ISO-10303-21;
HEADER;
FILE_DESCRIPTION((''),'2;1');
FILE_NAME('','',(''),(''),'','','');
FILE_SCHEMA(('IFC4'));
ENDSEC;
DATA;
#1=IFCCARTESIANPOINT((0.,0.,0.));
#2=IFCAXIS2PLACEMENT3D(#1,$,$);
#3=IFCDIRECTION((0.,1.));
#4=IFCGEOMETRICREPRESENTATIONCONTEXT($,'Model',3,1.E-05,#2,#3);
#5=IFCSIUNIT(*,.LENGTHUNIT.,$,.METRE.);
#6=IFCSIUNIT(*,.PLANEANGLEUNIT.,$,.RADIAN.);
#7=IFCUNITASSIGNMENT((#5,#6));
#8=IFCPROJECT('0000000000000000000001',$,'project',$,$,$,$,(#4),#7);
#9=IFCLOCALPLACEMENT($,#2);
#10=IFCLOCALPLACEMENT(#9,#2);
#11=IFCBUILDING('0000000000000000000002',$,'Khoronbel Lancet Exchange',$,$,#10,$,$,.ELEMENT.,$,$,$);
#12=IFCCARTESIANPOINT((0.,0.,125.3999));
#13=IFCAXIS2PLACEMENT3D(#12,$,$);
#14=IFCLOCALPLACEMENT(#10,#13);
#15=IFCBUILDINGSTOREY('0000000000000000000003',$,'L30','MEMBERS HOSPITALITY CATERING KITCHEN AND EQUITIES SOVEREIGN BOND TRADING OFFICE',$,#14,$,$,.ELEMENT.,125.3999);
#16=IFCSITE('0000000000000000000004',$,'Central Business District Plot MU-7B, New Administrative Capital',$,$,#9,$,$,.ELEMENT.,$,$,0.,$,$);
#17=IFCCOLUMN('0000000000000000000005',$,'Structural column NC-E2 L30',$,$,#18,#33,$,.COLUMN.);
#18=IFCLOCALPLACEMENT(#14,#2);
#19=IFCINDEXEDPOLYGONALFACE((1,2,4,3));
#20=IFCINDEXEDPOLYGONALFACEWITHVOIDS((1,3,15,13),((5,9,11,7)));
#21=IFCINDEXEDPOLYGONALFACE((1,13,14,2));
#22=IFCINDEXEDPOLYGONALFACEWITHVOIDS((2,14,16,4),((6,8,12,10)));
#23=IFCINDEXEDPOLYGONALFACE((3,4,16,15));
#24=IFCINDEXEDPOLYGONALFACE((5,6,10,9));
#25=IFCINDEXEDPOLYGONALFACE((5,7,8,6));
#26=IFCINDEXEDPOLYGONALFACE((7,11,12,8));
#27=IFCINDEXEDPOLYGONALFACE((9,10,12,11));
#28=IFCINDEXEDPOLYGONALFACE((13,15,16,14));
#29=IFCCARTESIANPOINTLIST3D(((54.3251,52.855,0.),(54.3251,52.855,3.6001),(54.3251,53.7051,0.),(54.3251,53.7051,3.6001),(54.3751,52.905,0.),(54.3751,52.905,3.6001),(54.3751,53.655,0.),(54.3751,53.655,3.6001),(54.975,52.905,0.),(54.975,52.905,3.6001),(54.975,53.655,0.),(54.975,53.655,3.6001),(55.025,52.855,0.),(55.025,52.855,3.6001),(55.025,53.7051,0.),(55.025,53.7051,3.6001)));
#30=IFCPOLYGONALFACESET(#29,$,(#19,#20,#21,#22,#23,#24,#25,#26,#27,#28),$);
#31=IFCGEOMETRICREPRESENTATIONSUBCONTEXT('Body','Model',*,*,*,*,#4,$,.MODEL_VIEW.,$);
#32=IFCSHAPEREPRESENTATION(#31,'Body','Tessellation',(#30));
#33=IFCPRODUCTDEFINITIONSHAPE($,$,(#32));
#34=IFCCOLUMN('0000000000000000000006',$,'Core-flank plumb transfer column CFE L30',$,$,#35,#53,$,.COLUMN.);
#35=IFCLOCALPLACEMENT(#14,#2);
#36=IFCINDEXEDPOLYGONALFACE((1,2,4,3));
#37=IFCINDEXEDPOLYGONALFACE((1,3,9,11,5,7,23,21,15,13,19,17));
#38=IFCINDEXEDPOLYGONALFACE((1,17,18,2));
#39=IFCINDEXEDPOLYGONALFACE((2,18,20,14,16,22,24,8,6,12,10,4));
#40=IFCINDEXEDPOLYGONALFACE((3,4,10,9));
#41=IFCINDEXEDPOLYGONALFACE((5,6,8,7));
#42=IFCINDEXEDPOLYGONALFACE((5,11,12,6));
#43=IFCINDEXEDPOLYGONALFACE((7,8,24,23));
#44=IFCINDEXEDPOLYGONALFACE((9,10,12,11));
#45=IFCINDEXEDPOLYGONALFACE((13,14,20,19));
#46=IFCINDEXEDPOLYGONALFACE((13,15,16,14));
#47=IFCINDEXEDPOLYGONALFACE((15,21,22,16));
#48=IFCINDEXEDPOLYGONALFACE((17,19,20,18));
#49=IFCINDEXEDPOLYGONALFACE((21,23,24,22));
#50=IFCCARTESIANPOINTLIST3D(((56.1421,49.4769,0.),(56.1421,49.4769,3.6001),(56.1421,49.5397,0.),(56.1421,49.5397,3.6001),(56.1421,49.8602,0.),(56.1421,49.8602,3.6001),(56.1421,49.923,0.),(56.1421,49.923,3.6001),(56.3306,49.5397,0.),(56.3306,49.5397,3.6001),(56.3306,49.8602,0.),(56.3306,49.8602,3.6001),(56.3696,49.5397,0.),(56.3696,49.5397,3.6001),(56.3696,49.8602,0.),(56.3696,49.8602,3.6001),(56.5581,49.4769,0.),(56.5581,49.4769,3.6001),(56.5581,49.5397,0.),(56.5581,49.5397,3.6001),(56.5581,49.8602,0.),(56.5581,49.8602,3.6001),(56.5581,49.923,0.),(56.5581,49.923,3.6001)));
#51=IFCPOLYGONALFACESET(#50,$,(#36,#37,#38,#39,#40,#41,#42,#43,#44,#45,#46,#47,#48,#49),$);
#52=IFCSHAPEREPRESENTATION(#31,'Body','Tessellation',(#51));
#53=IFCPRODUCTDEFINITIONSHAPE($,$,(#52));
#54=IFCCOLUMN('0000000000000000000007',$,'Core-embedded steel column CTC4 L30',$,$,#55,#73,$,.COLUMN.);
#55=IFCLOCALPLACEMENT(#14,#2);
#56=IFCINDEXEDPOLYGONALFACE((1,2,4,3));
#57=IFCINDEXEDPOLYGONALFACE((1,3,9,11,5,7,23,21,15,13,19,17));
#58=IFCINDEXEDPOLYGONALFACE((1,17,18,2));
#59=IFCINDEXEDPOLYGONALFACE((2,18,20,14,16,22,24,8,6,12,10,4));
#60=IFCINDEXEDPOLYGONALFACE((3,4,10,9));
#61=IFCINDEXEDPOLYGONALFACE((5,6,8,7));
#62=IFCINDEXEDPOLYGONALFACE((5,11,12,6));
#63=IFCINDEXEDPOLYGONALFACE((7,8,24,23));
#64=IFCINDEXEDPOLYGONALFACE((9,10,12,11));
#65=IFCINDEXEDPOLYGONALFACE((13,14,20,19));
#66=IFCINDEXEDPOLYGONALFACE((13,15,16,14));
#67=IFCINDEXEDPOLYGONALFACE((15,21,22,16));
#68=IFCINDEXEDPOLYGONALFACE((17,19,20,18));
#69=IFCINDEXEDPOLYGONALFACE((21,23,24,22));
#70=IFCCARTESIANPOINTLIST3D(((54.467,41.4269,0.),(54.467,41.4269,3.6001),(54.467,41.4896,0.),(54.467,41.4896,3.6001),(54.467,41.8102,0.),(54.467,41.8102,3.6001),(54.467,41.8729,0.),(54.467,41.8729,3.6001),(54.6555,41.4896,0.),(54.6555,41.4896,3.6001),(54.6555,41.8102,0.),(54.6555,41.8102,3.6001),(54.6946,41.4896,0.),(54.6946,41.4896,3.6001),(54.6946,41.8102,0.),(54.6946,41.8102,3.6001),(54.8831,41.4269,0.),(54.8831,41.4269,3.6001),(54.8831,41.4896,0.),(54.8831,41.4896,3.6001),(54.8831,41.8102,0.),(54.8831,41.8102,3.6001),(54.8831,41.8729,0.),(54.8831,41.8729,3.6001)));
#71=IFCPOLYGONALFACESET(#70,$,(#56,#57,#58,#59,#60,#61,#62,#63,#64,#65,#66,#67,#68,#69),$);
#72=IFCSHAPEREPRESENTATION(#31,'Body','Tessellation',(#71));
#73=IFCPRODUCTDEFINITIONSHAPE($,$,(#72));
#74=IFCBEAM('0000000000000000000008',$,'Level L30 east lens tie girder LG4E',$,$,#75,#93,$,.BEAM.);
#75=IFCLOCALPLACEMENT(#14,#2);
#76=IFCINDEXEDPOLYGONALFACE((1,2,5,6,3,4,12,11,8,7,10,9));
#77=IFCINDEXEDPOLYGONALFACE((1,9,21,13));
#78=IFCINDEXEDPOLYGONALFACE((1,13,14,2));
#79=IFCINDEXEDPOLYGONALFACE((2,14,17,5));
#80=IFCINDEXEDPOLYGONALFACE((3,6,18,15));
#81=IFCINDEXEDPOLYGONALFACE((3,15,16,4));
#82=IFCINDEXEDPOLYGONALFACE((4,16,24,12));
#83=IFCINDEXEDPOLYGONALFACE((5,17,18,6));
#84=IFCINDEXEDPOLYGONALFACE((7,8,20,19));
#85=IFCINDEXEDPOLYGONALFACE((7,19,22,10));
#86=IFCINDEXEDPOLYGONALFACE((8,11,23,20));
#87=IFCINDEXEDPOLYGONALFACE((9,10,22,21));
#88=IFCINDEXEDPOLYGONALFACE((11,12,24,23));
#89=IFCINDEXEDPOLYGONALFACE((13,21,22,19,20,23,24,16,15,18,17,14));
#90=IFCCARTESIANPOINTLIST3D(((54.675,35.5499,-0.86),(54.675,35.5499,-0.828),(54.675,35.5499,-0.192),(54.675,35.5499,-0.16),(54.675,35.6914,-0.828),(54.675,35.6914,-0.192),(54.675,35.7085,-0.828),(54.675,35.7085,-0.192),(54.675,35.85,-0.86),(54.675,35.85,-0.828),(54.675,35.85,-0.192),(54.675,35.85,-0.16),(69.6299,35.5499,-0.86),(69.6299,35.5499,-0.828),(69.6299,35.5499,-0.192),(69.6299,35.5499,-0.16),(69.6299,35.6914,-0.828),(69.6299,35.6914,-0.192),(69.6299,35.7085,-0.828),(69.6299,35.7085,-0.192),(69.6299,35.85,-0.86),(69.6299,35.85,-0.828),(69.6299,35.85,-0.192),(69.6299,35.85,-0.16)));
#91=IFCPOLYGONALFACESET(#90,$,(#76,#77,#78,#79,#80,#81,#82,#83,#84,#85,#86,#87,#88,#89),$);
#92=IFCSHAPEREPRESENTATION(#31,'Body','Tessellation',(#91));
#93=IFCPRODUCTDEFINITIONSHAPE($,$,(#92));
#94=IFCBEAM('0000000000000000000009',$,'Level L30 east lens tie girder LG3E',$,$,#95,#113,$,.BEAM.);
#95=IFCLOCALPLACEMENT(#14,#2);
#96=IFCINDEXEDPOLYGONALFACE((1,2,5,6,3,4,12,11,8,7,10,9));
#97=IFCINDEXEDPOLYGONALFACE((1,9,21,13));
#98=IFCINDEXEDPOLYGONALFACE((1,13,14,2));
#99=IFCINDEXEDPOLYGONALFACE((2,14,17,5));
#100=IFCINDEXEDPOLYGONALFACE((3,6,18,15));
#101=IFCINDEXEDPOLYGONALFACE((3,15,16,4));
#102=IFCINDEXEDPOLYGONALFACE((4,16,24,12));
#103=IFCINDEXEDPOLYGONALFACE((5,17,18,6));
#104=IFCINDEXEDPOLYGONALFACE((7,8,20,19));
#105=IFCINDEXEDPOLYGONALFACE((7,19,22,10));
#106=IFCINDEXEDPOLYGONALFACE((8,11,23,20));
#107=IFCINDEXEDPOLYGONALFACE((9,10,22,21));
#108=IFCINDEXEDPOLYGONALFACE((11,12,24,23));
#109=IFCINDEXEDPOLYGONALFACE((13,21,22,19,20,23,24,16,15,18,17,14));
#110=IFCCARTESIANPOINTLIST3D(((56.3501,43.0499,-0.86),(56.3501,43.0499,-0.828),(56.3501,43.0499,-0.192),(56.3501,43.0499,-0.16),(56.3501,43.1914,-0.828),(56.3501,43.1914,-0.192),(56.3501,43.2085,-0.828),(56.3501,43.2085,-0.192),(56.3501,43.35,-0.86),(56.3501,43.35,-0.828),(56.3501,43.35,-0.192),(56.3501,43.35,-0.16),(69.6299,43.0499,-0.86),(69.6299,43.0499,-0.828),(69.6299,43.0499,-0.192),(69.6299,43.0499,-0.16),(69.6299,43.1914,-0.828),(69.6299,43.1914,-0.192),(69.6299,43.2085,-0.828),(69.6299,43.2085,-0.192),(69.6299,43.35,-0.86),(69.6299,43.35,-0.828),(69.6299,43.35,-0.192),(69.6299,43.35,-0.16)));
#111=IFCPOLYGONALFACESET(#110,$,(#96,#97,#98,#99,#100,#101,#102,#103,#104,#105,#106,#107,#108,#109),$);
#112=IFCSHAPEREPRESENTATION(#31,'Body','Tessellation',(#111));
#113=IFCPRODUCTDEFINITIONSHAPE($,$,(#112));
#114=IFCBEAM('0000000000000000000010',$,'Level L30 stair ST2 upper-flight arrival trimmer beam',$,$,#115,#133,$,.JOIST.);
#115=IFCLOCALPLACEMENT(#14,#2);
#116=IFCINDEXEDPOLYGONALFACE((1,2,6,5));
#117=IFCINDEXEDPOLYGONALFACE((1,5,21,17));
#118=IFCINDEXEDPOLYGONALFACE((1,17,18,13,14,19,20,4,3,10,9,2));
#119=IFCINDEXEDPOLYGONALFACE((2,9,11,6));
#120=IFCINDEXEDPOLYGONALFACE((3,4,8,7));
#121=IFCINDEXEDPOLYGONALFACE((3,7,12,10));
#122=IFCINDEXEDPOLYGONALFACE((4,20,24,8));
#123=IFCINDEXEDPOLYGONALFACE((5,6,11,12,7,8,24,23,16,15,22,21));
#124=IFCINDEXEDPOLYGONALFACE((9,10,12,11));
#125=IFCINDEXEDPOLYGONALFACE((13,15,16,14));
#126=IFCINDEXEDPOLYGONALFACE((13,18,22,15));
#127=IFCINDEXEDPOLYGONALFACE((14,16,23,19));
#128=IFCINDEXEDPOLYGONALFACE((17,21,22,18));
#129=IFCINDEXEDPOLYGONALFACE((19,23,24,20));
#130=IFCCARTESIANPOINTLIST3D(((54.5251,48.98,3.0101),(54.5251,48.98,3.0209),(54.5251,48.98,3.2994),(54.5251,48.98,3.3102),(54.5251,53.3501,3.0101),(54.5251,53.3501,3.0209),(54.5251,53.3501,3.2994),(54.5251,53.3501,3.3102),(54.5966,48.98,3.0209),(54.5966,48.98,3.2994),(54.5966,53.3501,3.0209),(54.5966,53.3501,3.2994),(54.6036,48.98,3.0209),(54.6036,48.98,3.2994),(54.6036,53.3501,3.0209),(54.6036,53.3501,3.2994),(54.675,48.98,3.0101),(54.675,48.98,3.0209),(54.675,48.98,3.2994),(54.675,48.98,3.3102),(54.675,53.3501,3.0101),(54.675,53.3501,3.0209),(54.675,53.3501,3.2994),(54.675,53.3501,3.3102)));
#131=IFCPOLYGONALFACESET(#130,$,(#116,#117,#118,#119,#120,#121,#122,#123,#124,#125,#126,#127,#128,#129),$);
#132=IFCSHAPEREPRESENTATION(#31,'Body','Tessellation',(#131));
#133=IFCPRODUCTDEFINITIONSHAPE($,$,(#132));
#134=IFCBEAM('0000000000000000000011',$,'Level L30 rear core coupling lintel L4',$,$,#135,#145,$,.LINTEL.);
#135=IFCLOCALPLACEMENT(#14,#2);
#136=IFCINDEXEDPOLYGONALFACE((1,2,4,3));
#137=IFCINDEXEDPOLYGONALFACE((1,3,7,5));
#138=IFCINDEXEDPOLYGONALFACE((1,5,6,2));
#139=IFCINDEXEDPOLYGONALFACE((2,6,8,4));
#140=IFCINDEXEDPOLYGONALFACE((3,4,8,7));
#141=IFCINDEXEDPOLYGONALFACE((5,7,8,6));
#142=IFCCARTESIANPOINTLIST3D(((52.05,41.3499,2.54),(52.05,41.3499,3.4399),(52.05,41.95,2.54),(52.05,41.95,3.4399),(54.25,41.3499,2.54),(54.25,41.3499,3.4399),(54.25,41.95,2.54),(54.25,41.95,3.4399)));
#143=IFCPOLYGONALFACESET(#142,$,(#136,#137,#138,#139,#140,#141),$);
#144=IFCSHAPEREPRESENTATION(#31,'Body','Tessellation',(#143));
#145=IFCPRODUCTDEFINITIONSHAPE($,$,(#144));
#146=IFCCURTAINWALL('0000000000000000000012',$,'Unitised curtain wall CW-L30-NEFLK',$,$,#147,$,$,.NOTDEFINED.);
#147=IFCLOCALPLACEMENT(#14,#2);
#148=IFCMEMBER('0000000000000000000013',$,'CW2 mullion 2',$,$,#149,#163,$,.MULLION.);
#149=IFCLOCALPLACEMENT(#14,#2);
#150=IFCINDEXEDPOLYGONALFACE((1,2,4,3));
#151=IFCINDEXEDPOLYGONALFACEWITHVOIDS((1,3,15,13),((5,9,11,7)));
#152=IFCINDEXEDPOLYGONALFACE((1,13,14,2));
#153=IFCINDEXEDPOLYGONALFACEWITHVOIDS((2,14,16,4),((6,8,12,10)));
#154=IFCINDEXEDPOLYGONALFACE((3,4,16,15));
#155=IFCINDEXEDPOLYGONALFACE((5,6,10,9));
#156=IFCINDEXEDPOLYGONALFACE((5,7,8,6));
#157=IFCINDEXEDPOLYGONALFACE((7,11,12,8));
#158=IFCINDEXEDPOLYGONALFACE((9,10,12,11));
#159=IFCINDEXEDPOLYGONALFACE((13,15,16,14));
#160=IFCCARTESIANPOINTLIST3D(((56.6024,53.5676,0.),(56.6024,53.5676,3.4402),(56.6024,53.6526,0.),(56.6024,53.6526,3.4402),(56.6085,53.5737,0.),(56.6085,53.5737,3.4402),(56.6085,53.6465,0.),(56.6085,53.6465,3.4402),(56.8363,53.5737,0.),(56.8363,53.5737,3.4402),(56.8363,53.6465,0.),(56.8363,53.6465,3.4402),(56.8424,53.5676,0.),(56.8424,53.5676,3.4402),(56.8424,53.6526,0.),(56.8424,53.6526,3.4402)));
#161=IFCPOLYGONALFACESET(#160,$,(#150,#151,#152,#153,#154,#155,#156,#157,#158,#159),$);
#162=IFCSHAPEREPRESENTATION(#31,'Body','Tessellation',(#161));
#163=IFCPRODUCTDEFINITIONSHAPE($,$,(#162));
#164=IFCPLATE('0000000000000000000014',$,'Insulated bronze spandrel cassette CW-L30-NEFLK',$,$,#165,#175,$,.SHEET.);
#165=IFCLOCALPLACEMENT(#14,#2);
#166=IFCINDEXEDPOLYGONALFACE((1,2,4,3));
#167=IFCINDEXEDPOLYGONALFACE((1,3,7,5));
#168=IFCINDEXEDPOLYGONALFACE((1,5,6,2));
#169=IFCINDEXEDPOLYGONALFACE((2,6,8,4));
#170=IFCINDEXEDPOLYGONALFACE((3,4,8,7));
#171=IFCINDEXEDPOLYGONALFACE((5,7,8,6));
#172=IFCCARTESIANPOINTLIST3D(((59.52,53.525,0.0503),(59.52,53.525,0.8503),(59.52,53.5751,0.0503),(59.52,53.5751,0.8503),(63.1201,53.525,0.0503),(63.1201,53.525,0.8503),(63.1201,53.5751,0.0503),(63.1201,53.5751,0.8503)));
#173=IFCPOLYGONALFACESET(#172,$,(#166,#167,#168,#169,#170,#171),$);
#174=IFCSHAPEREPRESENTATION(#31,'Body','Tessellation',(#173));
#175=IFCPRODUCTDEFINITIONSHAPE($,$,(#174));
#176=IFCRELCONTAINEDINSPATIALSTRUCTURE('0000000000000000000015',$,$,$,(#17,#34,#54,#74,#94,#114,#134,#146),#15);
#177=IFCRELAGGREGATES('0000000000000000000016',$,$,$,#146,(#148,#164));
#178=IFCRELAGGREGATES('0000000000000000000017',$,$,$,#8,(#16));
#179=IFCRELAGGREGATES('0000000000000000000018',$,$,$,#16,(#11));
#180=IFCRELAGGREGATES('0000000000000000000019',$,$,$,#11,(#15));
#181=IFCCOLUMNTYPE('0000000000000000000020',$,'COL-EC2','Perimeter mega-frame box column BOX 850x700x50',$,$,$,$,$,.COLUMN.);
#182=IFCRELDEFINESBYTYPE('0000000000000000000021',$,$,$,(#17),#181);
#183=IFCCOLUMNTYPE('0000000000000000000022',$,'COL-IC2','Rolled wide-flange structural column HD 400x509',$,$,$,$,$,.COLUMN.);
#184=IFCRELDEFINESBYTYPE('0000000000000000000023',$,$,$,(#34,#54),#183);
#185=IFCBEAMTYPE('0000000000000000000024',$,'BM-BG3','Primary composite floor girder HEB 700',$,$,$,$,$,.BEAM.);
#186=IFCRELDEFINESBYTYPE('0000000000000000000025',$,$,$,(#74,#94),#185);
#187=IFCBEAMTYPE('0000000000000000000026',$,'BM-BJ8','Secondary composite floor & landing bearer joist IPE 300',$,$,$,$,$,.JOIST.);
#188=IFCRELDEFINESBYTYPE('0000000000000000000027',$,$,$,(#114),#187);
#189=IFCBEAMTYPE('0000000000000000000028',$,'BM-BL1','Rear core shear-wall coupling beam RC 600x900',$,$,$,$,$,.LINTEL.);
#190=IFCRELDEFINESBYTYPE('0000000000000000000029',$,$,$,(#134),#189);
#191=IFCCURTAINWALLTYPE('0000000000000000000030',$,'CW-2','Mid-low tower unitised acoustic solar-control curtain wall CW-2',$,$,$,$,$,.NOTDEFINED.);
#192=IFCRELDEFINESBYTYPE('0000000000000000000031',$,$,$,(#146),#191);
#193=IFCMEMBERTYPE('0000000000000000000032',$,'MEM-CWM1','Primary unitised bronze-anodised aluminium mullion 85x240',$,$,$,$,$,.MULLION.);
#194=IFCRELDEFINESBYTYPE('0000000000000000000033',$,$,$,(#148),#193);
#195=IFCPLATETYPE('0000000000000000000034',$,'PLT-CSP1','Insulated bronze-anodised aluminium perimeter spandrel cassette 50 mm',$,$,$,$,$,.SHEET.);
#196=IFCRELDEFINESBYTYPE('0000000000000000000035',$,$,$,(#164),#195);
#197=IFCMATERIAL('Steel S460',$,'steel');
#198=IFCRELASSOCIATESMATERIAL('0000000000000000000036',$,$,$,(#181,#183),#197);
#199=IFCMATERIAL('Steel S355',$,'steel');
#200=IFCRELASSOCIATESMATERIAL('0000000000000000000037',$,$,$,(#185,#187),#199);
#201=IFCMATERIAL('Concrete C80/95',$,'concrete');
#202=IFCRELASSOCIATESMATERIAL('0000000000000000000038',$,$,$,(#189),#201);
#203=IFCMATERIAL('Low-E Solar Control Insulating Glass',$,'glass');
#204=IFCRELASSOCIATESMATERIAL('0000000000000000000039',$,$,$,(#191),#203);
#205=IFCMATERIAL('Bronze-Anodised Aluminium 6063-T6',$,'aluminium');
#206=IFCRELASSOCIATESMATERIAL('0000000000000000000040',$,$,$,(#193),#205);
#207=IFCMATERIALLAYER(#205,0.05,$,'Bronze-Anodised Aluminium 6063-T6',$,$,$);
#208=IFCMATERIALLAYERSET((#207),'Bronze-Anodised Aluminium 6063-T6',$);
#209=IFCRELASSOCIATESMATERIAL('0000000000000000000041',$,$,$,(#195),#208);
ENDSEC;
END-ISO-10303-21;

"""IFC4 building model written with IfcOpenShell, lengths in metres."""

from ifc_helpers import new_model, si_unit, direction, frame, origin, origin_2d, place, context, subcontext, project, spatial, rectangle, hollow_rectangle, i_section, extrude, material, layer, layer_set, material_profile, profile_set, type_object, element, aggregate, save


model = new_model("IFC4")

# Units and contexts
model_context = context("Model", 3, precision=1e-05, world=origin(), true_north=direction((0.0, 1.0)))
body_context = subcontext(model_context, "Body", "Model", "MODEL_VIEW")
ifc_project = project(units=[si_unit("LENGTHUNIT", "METRE"), si_unit("PLANEANGLEUNIT", "RADIAN")], contexts=[model_context])

# Site, building, storey
site_placement = place(None, origin())
site = spatial("IfcSite", under=ifc_project, at=site_placement, Name="Central Business District Plot MU-7B, New Administrative Capital", CompositionType="ELEMENT", RefElevation=0.0)
building_placement = place(site_placement, origin())
building = spatial("IfcBuilding", under=site, at=building_placement, Name="Khoronbel Lancet Exchange", CompositionType="ELEMENT")
storey_placement = place(building_placement, frame((0.0, 0.0, 125.3999)))
storey = spatial("IfcBuildingStorey", under=building, at=storey_placement, Name="L30", Description="MEMBERS HOSPITALITY CATERING KITCHEN AND EQUITIES SOVEREIGN BOND TRADING OFFICE", CompositionType="ELEMENT", Elevation=125.3999)

# Columns
ifc_material_1 = material(Name="Steel S460", Category="steel")
ifc_material_profile_1 = material_profile(ifc_material_1, hollow_rectangle(XDim=0.7, YDim=0.8501, WallThickness=0.05, at=origin_2d()), Name="BOX 850x700x50")
ifc_profile_set_1 = profile_set([ifc_material_profile_1], Name="Steel S460")
column_type_1 = type_object("IfcColumnType", Name="COL-EC2", Description="Perimeter mega-frame box column BOX 850x700x50", PredefinedType="COLUMN", material=ifc_profile_set_1)
column_placement = place(storey_placement, frame((54.675, 53.28, 0.0), z_axis=(0.0, 0.0, 1.0), x_axis=(1.0, 0.0, 0.0)))
element("IfcColumn", 1, at=column_placement, inside=storey, type_object=column_type_1, Name="Structural column NC-E2 L30", PredefinedType="COLUMN", context=body_context, shape_type="SweptSolid", body=[
    extrude(hollow_rectangle(XDim=0.7, YDim=0.8501, WallThickness=0.05, at=origin_2d()), origin(), (0.0, 0.0, 1.0), 3.6001),
])
ifc_material_profile_2 = material_profile(ifc_material_1, i_section(OverallWidth=0.416, OverallDepth=0.446, WebThickness=0.0391, FlangeThickness=0.0627, at=origin_2d()), Name="HD 400x509")
ifc_profile_set_2 = profile_set([ifc_material_profile_2], Name="Steel S460")
column_type_2 = type_object("IfcColumnType", Name="COL-IC2", Description="Rolled wide-flange structural column HD 400x509", PredefinedType="COLUMN", material=ifc_profile_set_2)
for number, where, z_axis, x_axis, name in (
    (2, (56.3501, 49.7, 0.0), (0.0, 0.0, 1.0), (1.0, 0.0, 0.0), "Core-flank plumb transfer column CFE L30"),
    (3, (54.675, 41.6499, 0.0), (0.0, 0.0, 1.0), (1.0, 0.0, 0.0), "Core-embedded steel column CTC4 L30"),
):
    element("IfcColumn", number, at=place(storey_placement, frame(where, z_axis=z_axis, x_axis=x_axis)), inside=storey, type_object=column_type_2, Name=name, PredefinedType="COLUMN", context=body_context, shape_type="SweptSolid", body=[
        extrude(i_section(OverallWidth=0.416, OverallDepth=0.446, WebThickness=0.0391, FlangeThickness=0.0627, at=origin_2d()), origin(), (0.0, 0.0, 1.0), 3.6001),
    ])

# Beams
ifc_material_2 = material(Name="Steel S355", Category="steel")
ifc_material_profile_3 = material_profile(ifc_material_2, i_section(OverallWidth=0.3, OverallDepth=0.7, WebThickness=0.0171, FlangeThickness=0.032, at=origin_2d()), Name="HEB 700")
ifc_profile_set_3 = profile_set([ifc_material_profile_3], Name="Steel S355")
beam_type_1 = type_object("IfcBeamType", Name="BM-BG3", Description="Primary composite floor girder HEB 700", PredefinedType="BEAM", material=ifc_profile_set_3)
beam_1_placement = place(storey_placement, frame((54.675, 35.7, -0.51), z_axis=(1.0, 0.0, 0.0), x_axis=(0.0, 1.0, 0.0)))
element("IfcBeam", 4, at=beam_1_placement, inside=storey, type_object=beam_type_1, Name="Level L30 east lens tie girder LG4E", PredefinedType="BEAM", context=body_context, shape_type="SweptSolid", body=[
    extrude(i_section(OverallWidth=0.3, OverallDepth=0.7, WebThickness=0.0171, FlangeThickness=0.032, at=origin_2d()), origin(), (0.0, 0.0, 1.0), 14.9548),
])
beam_2_placement = place(storey_placement, frame((56.3501, 43.2, -0.51), z_axis=(1.0, 0.0, 0.0), x_axis=(0.0, 1.0, 0.0)))
element("IfcBeam", 5, at=beam_2_placement, inside=storey, type_object=beam_type_1, Name="Level L30 east lens tie girder LG3E", PredefinedType="BEAM", context=body_context, shape_type="SweptSolid", body=[
    extrude(i_section(OverallWidth=0.3, OverallDepth=0.7, WebThickness=0.0171, FlangeThickness=0.032, at=origin_2d()), origin(), (0.0, 0.0, 1.0), 13.2798),
])
ifc_material_profile_4 = material_profile(ifc_material_2, i_section(OverallWidth=0.1499, OverallDepth=0.3, WebThickness=0.0071, FlangeThickness=0.0107, at=origin_2d()), Name="IPE 300")
ifc_profile_set_4 = profile_set([ifc_material_profile_4], Name="Steel S355")
beam_type_2 = type_object("IfcBeamType", Name="BM-BJ8", Description="Secondary composite floor & landing bearer joist IPE 300", PredefinedType="JOIST", material=ifc_profile_set_4)
beam_3_placement = place(storey_placement, frame((54.6001, 48.98, 3.1602), z_axis=(0.0, 1.0, 0.0), x_axis=(-1.0, 0.0, 0.0)))
element("IfcBeam", 6, at=beam_3_placement, inside=storey, type_object=beam_type_2, Name="Level L30 stair ST2 upper-flight arrival trimmer beam", PredefinedType="JOIST", context=body_context, shape_type="SweptSolid", body=[
    extrude(i_section(OverallWidth=0.1499, OverallDepth=0.3, WebThickness=0.0071, FlangeThickness=0.0107, at=origin_2d()), origin(), (0.0, 0.0, 1.0), 4.3701),
])
ifc_material_3 = material(Name="Concrete C80/95", Category="concrete")
ifc_material_profile_5 = material_profile(ifc_material_3, rectangle(XDim=0.6001, YDim=0.8999, at=origin_2d()), Name="RC 600x900")
ifc_profile_set_5 = profile_set([ifc_material_profile_5], Name="Concrete C80/95")
beam_type_3 = type_object("IfcBeamType", Name="BM-BL1", Description="Rear core shear-wall coupling beam RC 600x900", PredefinedType="LINTEL", material=ifc_profile_set_5)
beam_4_placement = place(storey_placement, frame((52.05, 41.6499, 2.99), z_axis=(1.0, 0.0, 0.0), x_axis=(0.0, 1.0, 0.0)))
element("IfcBeam", 7, at=beam_4_placement, inside=storey, type_object=beam_type_3, Name="Level L30 rear core coupling lintel L4", PredefinedType="LINTEL", context=body_context, shape_type="SweptSolid", body=[
    extrude(rectangle(XDim=0.6001, YDim=0.8999, at=origin_2d()), origin(), (0.0, 0.0, 1.0), 2.2),
])

# Curtain wall, member, plate
ifc_material_4 = material(Name="Low-E Solar Control Insulating Glass", Category="glass")
curtain_wall_type = type_object("IfcCurtainWallType", Name="CW-2", Description="Mid-low tower unitised acoustic solar-control curtain wall CW-2", PredefinedType="NOTDEFINED", material=ifc_material_4)
curtain_wall_placement = place(storey_placement, origin())
curtain_wall = element("IfcCurtainWall", 8, at=curtain_wall_placement, inside=storey, type_object=curtain_wall_type, Name="Unitised curtain wall CW-L30-NEFLK", PredefinedType="NOTDEFINED")
ifc_material_5 = material(Name="Bronze-Anodised Aluminium 6063-T6", Category="aluminium")
ifc_material_profile_6 = material_profile(ifc_material_5, hollow_rectangle(XDim=0.085, YDim=0.24, WallThickness=0.0061, at=origin_2d()), Name="ALU MULLION 85x240")
ifc_profile_set_6 = profile_set([ifc_material_profile_6], Name="Bronze-Anodised Aluminium 6063-T6")
member_type = type_object("IfcMemberType", Name="MEM-CWM1", Description="Primary unitised bronze-anodised aluminium mullion 85x240", PredefinedType="MULLION", material=ifc_profile_set_6)
member_placement = place(storey_placement, frame((56.7224, 53.6101, 0.0), z_axis=(0.0, 0.0, 1.0), x_axis=(0.0, -1.0, 0.0)))
member = element("IfcMember", 9, at=member_placement, type_object=member_type, Name="CW2 mullion 2", PredefinedType="MULLION", context=body_context, shape_type="SweptSolid", body=[
    extrude(hollow_rectangle(XDim=0.085, YDim=0.24, WallThickness=0.0061, at=origin_2d()), origin(), (0.0, 0.0, 1.0), 3.4402),
])
ifc_layer_1 = layer(ifc_material_5, 0.05, Name="Bronze-Anodised Aluminium 6063-T6")
ifc_layer_set_1 = layer_set([ifc_layer_1], Name="Bronze-Anodised Aluminium 6063-T6")
plate_type = type_object("IfcPlateType", Name="PLT-CSP1", Description="Insulated bronze-anodised aluminium perimeter spandrel cassette 50 mm", PredefinedType="SHEET", material=ifc_layer_set_1)
plate_placement = place(storey_placement, frame((61.3201, 53.55, 0.0503), z_axis=(0.0, 0.0, 1.0), x_axis=(-1.0, 0.0, 0.0)))
plate = element("IfcPlate", 10, at=plate_placement, type_object=plate_type, Name="Insulated bronze spandrel cassette CW-L30-NEFLK", PredefinedType="SHEET", context=body_context, shape_type="SweptSolid", body=[
    extrude(rectangle(XDim=3.6001, YDim=0.05, at=origin_2d()), origin(), (0.0, 0.0, 1.0), 0.8),
])
aggregate(curtain_wall, [member, plate])

save(model, "model.ifc")
